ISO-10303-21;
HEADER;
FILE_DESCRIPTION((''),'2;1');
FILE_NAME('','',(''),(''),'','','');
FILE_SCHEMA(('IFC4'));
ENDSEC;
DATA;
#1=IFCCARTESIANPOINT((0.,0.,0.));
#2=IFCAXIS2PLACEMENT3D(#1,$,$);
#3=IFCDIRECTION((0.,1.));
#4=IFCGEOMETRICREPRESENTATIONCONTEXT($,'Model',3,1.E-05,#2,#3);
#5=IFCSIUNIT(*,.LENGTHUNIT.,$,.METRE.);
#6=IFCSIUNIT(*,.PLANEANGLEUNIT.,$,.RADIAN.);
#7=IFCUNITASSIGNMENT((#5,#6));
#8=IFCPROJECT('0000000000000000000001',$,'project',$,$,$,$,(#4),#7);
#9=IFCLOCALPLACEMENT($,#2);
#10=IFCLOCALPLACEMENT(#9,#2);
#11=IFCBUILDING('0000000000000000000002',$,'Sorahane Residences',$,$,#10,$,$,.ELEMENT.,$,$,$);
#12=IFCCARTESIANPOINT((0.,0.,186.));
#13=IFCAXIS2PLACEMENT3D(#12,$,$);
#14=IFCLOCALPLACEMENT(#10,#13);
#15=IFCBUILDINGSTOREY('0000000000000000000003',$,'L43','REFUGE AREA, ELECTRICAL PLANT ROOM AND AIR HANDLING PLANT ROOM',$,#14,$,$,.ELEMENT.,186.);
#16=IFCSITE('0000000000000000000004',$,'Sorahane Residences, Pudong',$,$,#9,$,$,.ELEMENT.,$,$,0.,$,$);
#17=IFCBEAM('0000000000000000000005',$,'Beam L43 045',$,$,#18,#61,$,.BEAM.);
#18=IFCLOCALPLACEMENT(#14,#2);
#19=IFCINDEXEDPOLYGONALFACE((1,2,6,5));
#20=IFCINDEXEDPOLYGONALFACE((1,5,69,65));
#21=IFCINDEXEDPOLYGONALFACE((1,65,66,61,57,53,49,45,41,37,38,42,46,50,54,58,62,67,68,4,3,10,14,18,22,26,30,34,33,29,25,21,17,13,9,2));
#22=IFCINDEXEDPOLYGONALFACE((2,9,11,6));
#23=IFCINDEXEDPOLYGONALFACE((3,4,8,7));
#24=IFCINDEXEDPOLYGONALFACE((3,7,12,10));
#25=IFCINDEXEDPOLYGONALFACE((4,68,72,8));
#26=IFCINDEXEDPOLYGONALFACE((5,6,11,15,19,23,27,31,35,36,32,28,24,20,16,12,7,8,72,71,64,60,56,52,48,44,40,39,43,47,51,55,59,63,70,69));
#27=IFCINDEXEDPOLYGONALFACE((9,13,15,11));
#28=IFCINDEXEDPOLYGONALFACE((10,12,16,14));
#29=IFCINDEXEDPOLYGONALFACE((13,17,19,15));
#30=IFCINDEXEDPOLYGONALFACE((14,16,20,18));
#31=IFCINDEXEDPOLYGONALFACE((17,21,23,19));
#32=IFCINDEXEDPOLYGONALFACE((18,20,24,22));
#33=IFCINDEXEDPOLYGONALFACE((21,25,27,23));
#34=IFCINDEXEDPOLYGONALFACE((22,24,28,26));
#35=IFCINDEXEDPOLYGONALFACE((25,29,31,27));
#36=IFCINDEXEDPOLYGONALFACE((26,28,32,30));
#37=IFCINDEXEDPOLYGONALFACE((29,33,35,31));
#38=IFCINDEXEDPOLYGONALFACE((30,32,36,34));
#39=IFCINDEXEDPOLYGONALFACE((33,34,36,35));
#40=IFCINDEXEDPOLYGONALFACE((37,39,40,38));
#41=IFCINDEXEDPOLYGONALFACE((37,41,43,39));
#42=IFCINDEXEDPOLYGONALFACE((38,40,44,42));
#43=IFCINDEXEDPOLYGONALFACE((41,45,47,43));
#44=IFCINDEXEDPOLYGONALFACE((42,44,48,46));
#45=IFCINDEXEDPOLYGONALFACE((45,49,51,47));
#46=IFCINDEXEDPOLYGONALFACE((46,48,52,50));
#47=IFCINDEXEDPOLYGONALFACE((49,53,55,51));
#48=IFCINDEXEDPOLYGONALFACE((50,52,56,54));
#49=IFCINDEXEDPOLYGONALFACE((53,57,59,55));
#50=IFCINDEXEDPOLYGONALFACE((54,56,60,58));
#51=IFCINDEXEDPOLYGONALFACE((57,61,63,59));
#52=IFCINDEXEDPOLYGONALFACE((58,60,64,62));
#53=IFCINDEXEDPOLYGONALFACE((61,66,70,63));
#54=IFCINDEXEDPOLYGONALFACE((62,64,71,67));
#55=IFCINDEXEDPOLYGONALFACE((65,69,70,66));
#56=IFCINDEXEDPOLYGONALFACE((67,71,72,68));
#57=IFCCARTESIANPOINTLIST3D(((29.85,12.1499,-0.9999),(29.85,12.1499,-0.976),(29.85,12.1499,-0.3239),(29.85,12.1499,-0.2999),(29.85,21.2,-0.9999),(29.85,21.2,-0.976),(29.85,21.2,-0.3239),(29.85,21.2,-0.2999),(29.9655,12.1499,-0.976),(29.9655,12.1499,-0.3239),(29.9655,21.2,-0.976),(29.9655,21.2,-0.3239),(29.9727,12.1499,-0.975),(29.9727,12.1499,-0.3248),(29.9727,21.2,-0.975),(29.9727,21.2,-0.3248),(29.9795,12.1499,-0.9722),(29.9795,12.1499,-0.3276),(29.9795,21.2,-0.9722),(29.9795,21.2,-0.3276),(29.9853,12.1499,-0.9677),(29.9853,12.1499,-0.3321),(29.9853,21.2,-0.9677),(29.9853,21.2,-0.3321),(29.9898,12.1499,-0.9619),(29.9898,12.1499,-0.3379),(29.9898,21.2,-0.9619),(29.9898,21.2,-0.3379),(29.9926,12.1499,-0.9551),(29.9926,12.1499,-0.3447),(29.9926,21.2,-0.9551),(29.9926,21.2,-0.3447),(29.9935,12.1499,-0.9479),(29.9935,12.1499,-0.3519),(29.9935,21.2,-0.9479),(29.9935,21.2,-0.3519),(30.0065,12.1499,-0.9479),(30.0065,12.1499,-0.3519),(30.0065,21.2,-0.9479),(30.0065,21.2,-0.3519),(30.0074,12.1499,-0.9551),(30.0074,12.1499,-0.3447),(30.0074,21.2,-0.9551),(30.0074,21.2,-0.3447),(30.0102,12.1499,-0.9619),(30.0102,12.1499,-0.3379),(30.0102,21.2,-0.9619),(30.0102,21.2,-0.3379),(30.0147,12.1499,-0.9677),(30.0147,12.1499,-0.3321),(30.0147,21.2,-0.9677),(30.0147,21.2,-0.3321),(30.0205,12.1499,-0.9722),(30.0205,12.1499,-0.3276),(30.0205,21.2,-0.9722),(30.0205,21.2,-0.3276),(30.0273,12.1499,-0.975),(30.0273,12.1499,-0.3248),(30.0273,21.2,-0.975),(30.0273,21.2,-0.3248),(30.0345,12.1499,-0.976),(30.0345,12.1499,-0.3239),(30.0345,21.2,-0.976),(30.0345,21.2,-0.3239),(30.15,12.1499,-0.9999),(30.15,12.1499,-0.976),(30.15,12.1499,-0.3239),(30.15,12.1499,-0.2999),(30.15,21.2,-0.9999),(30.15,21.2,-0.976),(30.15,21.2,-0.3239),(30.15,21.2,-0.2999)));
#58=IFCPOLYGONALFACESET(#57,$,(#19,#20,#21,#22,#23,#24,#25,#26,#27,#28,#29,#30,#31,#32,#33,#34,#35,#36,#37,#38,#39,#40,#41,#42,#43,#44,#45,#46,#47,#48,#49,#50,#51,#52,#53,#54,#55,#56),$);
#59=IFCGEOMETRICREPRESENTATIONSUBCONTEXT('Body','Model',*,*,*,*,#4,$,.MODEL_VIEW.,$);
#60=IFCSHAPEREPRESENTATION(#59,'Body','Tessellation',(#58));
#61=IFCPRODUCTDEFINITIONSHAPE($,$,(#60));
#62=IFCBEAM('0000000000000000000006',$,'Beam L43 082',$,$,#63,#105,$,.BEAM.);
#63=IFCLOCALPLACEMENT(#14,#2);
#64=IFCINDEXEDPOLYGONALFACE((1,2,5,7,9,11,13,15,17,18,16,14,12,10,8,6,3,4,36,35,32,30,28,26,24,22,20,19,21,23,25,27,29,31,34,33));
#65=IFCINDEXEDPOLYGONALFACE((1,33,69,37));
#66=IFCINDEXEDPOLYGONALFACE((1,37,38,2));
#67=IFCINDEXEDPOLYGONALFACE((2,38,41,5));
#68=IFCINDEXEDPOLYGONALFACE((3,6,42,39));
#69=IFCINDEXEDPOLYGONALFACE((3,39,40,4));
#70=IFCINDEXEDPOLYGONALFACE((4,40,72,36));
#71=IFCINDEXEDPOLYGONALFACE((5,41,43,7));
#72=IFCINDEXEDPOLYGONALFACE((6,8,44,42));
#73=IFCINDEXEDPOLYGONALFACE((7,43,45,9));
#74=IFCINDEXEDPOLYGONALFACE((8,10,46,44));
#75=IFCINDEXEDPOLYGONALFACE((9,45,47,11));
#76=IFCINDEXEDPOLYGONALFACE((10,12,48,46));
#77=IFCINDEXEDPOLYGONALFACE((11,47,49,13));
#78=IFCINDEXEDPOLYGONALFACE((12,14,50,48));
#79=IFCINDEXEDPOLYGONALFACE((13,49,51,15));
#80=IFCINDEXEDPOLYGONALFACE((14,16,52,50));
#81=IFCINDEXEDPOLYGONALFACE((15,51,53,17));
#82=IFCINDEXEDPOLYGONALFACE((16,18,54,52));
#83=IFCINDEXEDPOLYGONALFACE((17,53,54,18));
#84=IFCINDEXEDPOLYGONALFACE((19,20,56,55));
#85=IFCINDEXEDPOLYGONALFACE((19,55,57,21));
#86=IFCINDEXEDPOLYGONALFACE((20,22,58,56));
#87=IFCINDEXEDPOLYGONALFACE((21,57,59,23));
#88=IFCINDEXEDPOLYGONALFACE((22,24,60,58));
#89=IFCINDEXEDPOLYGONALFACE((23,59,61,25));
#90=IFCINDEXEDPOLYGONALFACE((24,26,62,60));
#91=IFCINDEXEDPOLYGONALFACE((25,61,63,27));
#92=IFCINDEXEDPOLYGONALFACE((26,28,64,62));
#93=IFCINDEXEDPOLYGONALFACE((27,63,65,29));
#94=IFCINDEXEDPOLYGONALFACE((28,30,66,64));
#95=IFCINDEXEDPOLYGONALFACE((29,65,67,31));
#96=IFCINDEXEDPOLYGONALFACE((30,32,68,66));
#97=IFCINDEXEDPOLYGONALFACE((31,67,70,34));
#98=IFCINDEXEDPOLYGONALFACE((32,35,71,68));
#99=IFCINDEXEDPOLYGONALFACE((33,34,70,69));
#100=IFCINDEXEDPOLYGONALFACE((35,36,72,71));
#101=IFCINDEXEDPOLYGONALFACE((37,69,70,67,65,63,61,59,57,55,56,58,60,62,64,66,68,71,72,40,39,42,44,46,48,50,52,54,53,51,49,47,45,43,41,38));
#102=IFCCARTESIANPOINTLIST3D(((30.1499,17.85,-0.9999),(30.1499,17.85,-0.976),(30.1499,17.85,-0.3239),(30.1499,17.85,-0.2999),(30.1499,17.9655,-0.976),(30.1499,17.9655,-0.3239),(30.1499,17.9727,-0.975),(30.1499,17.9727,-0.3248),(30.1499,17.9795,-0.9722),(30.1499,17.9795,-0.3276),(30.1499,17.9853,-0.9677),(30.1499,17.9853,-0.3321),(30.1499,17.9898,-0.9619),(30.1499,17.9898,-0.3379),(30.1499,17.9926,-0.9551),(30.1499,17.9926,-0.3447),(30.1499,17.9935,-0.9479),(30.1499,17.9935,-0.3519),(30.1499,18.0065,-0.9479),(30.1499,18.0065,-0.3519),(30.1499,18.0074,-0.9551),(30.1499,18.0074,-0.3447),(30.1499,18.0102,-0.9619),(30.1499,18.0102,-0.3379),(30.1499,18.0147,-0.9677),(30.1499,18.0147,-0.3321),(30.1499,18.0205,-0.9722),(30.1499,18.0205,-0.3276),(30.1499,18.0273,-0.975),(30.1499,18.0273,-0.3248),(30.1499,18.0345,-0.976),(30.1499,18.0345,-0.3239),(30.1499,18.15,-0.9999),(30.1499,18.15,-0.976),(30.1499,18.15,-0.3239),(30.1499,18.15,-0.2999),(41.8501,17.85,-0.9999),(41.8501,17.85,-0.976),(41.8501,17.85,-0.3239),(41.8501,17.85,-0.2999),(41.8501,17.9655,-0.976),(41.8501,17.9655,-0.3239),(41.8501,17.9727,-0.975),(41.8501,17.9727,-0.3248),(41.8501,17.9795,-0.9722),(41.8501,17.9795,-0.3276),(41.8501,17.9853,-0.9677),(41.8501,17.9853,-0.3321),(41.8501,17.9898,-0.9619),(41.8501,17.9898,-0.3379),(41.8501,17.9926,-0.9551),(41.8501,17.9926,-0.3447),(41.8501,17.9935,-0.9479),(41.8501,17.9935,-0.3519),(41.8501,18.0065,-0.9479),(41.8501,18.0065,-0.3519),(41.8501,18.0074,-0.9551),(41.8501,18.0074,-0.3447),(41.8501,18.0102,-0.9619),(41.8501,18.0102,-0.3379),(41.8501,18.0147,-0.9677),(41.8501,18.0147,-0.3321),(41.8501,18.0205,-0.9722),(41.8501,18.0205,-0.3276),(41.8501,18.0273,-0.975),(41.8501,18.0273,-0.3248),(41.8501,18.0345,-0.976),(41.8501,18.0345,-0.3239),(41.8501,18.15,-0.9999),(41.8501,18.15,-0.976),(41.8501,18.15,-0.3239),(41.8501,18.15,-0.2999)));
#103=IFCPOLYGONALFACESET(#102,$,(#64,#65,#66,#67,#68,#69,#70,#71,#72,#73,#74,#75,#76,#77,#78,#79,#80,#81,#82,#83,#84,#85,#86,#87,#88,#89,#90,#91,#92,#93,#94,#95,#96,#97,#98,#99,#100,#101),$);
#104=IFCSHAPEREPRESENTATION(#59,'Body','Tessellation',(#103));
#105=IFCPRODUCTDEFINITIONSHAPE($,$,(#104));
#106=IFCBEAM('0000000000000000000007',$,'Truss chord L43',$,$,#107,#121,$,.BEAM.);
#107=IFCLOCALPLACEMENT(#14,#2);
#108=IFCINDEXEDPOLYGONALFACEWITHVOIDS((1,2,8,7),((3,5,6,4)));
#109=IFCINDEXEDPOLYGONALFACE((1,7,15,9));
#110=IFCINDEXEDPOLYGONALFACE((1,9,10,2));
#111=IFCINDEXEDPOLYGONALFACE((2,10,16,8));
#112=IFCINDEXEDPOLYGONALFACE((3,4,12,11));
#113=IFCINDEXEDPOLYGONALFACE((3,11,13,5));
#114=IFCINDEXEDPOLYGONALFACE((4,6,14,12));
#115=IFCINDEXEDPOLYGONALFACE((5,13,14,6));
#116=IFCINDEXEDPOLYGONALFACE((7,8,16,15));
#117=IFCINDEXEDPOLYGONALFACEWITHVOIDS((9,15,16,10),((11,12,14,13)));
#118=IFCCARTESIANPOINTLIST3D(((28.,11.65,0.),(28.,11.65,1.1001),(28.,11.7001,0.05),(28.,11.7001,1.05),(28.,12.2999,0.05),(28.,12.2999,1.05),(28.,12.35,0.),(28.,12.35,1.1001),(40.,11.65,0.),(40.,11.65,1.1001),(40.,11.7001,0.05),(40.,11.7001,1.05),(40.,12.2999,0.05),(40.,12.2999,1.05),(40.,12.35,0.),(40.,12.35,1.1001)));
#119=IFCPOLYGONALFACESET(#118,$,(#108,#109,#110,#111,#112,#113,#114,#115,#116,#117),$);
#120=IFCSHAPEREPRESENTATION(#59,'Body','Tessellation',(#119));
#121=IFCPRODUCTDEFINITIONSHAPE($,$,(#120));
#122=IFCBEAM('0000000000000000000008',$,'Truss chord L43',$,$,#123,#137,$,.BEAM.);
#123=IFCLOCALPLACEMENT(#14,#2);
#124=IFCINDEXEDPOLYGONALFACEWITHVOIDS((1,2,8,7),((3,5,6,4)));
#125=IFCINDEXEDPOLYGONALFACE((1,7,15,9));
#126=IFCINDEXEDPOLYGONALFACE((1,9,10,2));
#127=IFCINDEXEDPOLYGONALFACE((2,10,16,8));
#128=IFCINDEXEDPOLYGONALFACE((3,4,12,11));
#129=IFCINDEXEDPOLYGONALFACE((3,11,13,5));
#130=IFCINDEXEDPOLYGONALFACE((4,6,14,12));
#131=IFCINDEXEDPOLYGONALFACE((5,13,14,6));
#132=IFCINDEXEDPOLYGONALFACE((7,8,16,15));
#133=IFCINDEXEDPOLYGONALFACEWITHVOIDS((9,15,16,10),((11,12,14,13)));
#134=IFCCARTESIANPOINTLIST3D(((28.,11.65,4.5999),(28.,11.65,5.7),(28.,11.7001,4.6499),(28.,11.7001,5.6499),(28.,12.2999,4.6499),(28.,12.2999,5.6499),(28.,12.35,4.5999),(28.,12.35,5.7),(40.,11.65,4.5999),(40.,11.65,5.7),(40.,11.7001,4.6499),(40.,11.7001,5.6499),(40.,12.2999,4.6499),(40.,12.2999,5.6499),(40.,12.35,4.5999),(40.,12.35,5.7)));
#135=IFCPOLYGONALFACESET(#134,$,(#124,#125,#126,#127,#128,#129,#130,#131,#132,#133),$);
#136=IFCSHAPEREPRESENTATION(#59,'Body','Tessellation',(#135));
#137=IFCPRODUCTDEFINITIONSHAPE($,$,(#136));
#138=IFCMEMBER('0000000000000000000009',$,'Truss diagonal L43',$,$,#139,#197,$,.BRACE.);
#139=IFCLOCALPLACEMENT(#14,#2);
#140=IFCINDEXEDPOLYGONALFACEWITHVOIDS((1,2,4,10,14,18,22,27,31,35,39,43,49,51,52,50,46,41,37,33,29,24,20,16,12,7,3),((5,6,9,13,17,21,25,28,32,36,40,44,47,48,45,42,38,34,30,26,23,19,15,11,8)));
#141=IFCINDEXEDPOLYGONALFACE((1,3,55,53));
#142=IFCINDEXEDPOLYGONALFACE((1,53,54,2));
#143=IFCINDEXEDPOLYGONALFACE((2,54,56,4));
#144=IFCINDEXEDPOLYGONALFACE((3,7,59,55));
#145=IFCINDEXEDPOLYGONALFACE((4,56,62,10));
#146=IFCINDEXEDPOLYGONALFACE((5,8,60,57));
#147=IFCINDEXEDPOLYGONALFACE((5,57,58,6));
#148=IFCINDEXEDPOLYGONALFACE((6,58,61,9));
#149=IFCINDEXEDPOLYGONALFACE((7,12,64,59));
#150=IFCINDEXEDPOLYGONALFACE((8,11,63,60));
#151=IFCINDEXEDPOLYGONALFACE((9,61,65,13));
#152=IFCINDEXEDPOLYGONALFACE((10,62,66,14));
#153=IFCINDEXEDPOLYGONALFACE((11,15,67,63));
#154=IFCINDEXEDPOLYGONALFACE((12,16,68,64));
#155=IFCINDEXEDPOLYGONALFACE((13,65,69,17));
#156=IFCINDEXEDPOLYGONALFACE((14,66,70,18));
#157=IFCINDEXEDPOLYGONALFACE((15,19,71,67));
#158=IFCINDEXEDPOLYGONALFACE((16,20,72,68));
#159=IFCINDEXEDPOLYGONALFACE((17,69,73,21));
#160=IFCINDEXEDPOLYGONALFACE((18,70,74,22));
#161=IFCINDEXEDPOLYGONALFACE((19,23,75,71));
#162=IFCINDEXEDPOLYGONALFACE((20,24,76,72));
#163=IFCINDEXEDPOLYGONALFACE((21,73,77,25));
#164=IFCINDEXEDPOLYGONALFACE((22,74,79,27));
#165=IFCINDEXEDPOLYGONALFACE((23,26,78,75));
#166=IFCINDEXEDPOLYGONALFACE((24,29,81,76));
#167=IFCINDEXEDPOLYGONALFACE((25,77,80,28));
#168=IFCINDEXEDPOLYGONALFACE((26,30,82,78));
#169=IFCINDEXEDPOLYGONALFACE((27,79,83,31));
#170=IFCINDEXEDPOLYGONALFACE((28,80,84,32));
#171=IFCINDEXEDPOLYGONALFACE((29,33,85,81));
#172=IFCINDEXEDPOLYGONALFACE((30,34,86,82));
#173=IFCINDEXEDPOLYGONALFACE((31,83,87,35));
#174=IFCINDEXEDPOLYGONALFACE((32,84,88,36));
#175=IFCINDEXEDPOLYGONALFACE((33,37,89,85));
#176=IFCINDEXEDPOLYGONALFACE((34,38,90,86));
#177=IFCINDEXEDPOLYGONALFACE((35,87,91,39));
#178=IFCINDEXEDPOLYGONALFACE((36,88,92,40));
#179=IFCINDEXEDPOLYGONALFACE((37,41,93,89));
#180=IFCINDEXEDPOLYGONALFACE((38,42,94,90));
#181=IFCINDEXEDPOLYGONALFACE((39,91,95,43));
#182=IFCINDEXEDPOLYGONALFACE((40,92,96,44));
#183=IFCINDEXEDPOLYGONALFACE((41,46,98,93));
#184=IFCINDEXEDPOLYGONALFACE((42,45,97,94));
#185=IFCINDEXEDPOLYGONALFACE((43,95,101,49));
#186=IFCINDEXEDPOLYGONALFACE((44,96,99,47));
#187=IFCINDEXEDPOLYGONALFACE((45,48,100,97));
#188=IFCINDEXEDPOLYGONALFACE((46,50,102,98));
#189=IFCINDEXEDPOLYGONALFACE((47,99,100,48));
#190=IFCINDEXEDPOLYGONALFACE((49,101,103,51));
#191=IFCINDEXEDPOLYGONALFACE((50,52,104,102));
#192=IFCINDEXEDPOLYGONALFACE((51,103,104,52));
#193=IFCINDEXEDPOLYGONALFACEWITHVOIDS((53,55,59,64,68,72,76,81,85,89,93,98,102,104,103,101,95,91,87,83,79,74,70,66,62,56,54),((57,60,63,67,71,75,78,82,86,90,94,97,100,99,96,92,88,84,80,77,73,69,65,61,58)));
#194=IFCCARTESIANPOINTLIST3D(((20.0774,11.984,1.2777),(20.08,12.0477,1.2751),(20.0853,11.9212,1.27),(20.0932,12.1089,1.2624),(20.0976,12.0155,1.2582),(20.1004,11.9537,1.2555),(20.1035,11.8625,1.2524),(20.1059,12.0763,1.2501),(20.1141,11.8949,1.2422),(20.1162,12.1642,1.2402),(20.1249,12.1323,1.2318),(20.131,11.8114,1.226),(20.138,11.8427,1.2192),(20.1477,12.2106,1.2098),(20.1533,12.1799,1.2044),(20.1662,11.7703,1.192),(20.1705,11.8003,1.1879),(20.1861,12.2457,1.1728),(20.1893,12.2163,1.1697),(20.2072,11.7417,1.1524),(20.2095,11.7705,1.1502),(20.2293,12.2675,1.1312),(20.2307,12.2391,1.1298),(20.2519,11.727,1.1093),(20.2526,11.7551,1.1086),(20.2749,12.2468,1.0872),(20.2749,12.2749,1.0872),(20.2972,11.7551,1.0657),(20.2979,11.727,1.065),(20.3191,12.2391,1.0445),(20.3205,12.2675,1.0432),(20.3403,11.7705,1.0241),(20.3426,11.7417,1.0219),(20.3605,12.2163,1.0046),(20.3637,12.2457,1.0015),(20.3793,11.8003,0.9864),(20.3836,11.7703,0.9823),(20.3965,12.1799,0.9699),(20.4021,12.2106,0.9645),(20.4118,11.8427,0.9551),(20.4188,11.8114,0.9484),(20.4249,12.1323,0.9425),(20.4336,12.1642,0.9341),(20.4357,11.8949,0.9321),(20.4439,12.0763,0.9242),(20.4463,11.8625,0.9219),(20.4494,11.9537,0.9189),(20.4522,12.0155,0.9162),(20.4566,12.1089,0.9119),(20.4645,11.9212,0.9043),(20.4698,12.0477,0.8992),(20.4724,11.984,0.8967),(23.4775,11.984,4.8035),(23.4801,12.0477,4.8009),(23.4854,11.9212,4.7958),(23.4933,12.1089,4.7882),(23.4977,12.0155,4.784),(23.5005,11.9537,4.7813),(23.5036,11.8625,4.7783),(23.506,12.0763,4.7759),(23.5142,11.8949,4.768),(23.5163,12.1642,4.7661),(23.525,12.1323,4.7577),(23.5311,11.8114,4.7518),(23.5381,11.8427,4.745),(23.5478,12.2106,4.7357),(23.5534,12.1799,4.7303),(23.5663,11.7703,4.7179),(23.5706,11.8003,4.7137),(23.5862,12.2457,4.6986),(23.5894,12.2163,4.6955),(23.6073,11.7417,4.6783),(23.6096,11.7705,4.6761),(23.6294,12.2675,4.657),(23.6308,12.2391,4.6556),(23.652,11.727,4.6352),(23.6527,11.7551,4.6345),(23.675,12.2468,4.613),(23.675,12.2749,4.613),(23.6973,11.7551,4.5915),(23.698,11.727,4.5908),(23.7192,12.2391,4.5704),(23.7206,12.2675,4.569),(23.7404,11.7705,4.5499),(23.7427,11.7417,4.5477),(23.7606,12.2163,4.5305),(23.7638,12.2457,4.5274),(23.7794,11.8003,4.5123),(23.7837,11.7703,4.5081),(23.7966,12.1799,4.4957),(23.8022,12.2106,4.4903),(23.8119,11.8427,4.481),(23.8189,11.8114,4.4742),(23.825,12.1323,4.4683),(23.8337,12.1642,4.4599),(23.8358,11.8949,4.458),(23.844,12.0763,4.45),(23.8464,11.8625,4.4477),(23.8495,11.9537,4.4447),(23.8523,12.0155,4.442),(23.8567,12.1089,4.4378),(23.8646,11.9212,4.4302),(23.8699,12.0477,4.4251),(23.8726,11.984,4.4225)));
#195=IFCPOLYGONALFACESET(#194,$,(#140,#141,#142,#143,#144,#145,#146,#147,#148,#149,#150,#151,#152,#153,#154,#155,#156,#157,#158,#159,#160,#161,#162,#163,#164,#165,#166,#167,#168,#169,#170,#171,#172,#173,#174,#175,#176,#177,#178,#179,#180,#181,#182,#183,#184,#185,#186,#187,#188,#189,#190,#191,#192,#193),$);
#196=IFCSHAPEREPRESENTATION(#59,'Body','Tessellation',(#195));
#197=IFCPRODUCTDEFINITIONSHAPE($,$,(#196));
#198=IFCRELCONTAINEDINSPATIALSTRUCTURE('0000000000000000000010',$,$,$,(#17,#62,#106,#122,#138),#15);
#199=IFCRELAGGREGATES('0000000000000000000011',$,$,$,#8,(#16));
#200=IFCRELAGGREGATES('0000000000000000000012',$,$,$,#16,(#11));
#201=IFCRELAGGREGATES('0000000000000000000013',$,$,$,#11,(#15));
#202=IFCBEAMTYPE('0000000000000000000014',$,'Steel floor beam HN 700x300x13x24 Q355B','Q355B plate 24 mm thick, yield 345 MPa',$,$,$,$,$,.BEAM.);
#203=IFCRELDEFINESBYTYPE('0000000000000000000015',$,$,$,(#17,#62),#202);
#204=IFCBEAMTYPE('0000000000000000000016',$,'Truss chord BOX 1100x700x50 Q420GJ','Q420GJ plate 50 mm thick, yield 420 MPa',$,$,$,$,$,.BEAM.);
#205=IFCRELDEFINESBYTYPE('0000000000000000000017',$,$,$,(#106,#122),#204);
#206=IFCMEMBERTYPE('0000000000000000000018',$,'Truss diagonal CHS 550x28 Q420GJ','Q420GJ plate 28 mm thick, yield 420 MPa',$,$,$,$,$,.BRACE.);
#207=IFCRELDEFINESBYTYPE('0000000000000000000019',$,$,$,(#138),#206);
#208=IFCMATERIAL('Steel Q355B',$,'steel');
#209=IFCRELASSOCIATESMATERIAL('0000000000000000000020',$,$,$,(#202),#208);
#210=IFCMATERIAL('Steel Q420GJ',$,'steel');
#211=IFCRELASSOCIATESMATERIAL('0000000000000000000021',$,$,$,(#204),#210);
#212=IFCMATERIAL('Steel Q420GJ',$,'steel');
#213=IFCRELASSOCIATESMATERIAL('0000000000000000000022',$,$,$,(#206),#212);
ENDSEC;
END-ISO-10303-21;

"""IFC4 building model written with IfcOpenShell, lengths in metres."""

from ifc_helpers import new_model, si_unit, direction, frame, origin, origin_2d, place, context, subcontext, project, spatial, hollow_rectangle, hollow_circle, i_section, extrude, material, material_profile, profile_set, type_object, element, save


model = new_model("IFC4")

# Units and contexts
model_context = context("Model", 3, precision=1e-05, world=origin(), true_north=direction((0.0, 1.0)))
body_context = subcontext(model_context, "Body", "Model", "MODEL_VIEW")
ifc_project = project(units=[si_unit("LENGTHUNIT", "METRE"), si_unit("PLANEANGLEUNIT", "RADIAN")], contexts=[model_context])

# Site, building, storey
site_placement = place(None, origin())
site = spatial("IfcSite", under=ifc_project, at=site_placement, Name="Sorahane Residences, Pudong", CompositionType="ELEMENT", RefElevation=0.0)
building_placement = place(site_placement, origin())
building = spatial("IfcBuilding", under=site, at=building_placement, Name="Sorahane Residences", CompositionType="ELEMENT")
storey_placement = place(building_placement, frame((0.0, 0.0, 186.0)))
storey = spatial("IfcBuildingStorey", under=building, at=storey_placement, Name="L43", Description="REFUGE AREA, ELECTRICAL PLANT ROOM AND AIR HANDLING PLANT ROOM", CompositionType="ELEMENT", Elevation=186.0)

# Beams
ifc_material_1 = material(Name="Steel Q355B", Category="steel")
ifc_material_profile_1 = material_profile(ifc_material_1, i_section(OverallWidth=0.3, OverallDepth=0.7, WebThickness=0.0129, FlangeThickness=0.0239, FilletRadius=0.0281, at=origin_2d()), Name="HN 700x300x13x24")
ifc_profile_set_1 = profile_set([ifc_material_profile_1], Name="Steel Q355B")
beam_type_1 = type_object("IfcBeamType", Name="Steel floor beam HN 700x300x13x24 Q355B", Description="Q355B plate 24 mm thick, yield 345 MPa", PredefinedType="BEAM", material=ifc_profile_set_1)
beam_1_placement = place(storey_placement, frame((30.0, 12.1499, -0.6499), z_axis=(0.0, 1.0, 0.0), x_axis=(-1.0, 0.0, 0.0)))
element("IfcBeam", 1, at=beam_1_placement, inside=storey, type_object=beam_type_1, Name="Beam L43 045", PredefinedType="BEAM", context=body_context, shape_type="SweptSolid", body=[
    extrude(i_section(OverallWidth=0.3, OverallDepth=0.7, WebThickness=0.0129, FlangeThickness=0.0239, FilletRadius=0.0281, at=origin_2d()), origin(), (0.0, 0.0, 1.0), 9.05),
])
beam_2_placement = place(storey_placement, frame((30.1499, 18.0, -0.6499), z_axis=(1.0, 0.0, 0.0), x_axis=(0.0, 1.0, 0.0)))
element("IfcBeam", 2, at=beam_2_placement, inside=storey, type_object=beam_type_1, Name="Beam L43 082", PredefinedType="BEAM", context=body_context, shape_type="SweptSolid", body=[
    extrude(i_section(OverallWidth=0.3, OverallDepth=0.7, WebThickness=0.0129, FlangeThickness=0.0239, FilletRadius=0.0281, at=origin_2d()), origin(), (0.0, 0.0, 1.0), 11.7002),
])
ifc_material_2 = material(Name="Steel Q420GJ", Category="steel")
ifc_material_profile_2 = material_profile(ifc_material_2, hollow_rectangle(XDim=0.7, YDim=1.1001, WallThickness=0.05, at=origin_2d()), Name="BOX 1100x700x50")
ifc_profile_set_2 = profile_set([ifc_material_profile_2], Name="Steel Q420GJ")
beam_type_2 = type_object("IfcBeamType", Name="Truss chord BOX 1100x700x50 Q420GJ", Description="Q420GJ plate 50 mm thick, yield 420 MPa", PredefinedType="BEAM", material=ifc_profile_set_2)
for number, where, z_axis, x_axis, name in (
    (3, (28.0, 12.0, 0.55), (1.0, 0.0, 0.0), (0.0, 1.0, 0.0), "Truss chord L43"),
    (4, (28.0, 12.0, 5.1499), (1.0, 0.0, 0.0), (0.0, 1.0, 0.0), "Truss chord L43"),
):
    element("IfcBeam", number, at=place(storey_placement, frame(where, z_axis=z_axis, x_axis=x_axis)), inside=storey, type_object=beam_type_2, Name=name, PredefinedType="BEAM", context=body_context, shape_type="SweptSolid", body=[
        extrude(hollow_rectangle(XDim=0.7, YDim=1.1001, WallThickness=0.05, at=origin_2d()), origin(), (0.0, 0.0, 1.0), 12.0),
    ])

# Member
ifc_material_3 = material(Name="Steel Q420GJ", Category="steel")
ifc_material_profile_3 = material_profile(ifc_material_3, hollow_circle(Radius=0.2749, WallThickness=0.0281, at=origin_2d()), Name="CHS 550x28")
ifc_profile_set_3 = profile_set([ifc_material_profile_3], Name="Steel Q420GJ")
member_type = type_object("IfcMemberType", Name="Truss diagonal CHS 550x28 Q420GJ", Description="Q420GJ plate 28 mm thick, yield 420 MPa", PredefinedType="BRACE", material=ifc_profile_set_3)
for number, where, z_axis, x_axis, name in (
    (5, (20.2749, 12.0, 1.0872), (0.694156, 0.0, 0.719825), (0.0, 1.0, 0.0), "Truss diagonal L43"),
):
    element("IfcMember", number, at=place(storey_placement, frame(where, z_axis=z_axis, x_axis=x_axis)), inside=storey, type_object=member_type, Name=name, PredefinedType="BRACE", context=body_context, shape_type="SweptSolid", body=[
        extrude(hollow_circle(Radius=0.2749, WallThickness=0.0281, at=origin_2d()), origin(), (0.0, 0.0, 1.0), 4.8982),
    ])

save(model, "model.ifc")
